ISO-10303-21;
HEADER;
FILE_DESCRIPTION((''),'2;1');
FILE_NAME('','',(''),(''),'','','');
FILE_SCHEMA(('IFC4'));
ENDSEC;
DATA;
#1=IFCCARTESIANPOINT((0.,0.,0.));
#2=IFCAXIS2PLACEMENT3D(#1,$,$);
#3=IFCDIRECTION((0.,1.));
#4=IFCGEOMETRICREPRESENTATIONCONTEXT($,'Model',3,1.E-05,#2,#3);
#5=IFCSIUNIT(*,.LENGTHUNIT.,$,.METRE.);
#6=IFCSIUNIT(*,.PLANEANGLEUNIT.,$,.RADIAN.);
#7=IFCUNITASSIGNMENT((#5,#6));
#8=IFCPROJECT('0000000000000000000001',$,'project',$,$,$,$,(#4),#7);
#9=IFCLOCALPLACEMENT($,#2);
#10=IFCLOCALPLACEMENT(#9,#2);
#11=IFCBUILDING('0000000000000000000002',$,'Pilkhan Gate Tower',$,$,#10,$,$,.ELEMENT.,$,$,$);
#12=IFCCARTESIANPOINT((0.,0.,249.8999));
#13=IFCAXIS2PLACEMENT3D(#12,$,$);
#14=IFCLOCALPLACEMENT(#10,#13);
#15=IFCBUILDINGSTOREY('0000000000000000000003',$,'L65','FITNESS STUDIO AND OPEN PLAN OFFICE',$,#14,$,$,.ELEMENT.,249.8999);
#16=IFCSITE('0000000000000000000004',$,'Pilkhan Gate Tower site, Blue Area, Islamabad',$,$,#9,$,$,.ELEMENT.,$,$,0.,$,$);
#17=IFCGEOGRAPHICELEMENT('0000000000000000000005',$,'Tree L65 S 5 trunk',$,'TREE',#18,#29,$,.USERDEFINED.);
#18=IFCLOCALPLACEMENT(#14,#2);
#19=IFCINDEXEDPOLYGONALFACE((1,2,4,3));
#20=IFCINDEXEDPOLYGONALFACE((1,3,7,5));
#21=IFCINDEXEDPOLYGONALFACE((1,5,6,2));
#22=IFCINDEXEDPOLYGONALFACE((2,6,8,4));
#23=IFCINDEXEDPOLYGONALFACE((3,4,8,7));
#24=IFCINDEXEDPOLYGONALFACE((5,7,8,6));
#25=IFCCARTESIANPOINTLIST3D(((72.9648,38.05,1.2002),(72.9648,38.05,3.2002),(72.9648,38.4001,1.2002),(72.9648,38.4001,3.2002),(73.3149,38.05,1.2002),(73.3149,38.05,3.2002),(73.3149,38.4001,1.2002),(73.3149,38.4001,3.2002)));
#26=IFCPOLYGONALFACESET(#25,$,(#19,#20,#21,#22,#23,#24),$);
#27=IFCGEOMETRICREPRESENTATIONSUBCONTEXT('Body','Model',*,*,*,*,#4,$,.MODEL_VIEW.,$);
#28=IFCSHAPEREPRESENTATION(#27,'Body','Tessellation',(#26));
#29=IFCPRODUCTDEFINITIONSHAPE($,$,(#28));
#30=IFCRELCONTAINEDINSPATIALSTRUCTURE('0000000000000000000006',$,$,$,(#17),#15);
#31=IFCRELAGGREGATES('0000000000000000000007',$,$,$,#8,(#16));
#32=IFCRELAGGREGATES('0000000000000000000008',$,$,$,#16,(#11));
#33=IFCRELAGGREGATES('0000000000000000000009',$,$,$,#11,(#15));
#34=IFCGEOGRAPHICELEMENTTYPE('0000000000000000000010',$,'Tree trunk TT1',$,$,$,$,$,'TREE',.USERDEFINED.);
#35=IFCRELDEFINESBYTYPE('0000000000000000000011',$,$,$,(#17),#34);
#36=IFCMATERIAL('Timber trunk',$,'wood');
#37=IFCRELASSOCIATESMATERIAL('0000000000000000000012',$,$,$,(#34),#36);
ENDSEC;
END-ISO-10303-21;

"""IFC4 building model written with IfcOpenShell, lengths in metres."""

from ifc_helpers import new_model, si_unit, direction, frame, origin, origin_2d, place, context, subcontext, project, spatial, rectangle, extrude, material, type_object, element, save


model = new_model("IFC4")

# Units and contexts
model_context = context("Model", 3, precision=1e-05, world=origin(), true_north=direction((0.0, 1.0)))
body_context = subcontext(model_context, "Body", "Model", "MODEL_VIEW")
ifc_project = project(units=[si_unit("LENGTHUNIT", "METRE"), si_unit("PLANEANGLEUNIT", "RADIAN")], contexts=[model_context])

# Site, building, storey
site_placement = place(None, origin())
site = spatial("IfcSite", under=ifc_project, at=site_placement, Name="Pilkhan Gate Tower site, Blue Area, Islamabad", CompositionType="ELEMENT", RefElevation=0.0)
building_placement = place(site_placement, origin())
building = spatial("IfcBuilding", under=site, at=building_placement, Name="Pilkhan Gate Tower", CompositionType="ELEMENT")
storey_placement = place(building_placement, frame((0.0, 0.0, 249.8999)))
storey = spatial("IfcBuildingStorey", under=building, at=storey_placement, Name="L65", Description="FITNESS STUDIO AND OPEN PLAN OFFICE", CompositionType="ELEMENT", Elevation=249.8999)

# Geographic element
ifc_material_1 = material(Name="Timber trunk", Category="wood")
geographic_element_type_1 = type_object("IfcGeographicElementType", Name="Tree trunk TT1", ElementType="TREE", PredefinedType="USERDEFINED", material=ifc_material_1)
for number, where, z_axis, x_axis, name in (
    (1, (73.1399, 38.2251, 1.2002), (0.0, 0.0, 1.0), (1.0, 0.0, 0.0), "Tree L65 S 5 trunk"),
):
    element("IfcGeographicElement", number, at=place(storey_placement, frame(where, z_axis=z_axis, x_axis=x_axis)), inside=storey, type_object=geographic_element_type_1, Name=name, ObjectType="TREE", PredefinedType="USERDEFINED", context=body_context, shape_type="SweptSolid", body=[
        extrude(rectangle(XDim=0.3501, YDim=0.3501, at=origin_2d()), origin(), (0.0, 0.0, 1.0), 2.0),
    ])

save(model, "model.ifc")
